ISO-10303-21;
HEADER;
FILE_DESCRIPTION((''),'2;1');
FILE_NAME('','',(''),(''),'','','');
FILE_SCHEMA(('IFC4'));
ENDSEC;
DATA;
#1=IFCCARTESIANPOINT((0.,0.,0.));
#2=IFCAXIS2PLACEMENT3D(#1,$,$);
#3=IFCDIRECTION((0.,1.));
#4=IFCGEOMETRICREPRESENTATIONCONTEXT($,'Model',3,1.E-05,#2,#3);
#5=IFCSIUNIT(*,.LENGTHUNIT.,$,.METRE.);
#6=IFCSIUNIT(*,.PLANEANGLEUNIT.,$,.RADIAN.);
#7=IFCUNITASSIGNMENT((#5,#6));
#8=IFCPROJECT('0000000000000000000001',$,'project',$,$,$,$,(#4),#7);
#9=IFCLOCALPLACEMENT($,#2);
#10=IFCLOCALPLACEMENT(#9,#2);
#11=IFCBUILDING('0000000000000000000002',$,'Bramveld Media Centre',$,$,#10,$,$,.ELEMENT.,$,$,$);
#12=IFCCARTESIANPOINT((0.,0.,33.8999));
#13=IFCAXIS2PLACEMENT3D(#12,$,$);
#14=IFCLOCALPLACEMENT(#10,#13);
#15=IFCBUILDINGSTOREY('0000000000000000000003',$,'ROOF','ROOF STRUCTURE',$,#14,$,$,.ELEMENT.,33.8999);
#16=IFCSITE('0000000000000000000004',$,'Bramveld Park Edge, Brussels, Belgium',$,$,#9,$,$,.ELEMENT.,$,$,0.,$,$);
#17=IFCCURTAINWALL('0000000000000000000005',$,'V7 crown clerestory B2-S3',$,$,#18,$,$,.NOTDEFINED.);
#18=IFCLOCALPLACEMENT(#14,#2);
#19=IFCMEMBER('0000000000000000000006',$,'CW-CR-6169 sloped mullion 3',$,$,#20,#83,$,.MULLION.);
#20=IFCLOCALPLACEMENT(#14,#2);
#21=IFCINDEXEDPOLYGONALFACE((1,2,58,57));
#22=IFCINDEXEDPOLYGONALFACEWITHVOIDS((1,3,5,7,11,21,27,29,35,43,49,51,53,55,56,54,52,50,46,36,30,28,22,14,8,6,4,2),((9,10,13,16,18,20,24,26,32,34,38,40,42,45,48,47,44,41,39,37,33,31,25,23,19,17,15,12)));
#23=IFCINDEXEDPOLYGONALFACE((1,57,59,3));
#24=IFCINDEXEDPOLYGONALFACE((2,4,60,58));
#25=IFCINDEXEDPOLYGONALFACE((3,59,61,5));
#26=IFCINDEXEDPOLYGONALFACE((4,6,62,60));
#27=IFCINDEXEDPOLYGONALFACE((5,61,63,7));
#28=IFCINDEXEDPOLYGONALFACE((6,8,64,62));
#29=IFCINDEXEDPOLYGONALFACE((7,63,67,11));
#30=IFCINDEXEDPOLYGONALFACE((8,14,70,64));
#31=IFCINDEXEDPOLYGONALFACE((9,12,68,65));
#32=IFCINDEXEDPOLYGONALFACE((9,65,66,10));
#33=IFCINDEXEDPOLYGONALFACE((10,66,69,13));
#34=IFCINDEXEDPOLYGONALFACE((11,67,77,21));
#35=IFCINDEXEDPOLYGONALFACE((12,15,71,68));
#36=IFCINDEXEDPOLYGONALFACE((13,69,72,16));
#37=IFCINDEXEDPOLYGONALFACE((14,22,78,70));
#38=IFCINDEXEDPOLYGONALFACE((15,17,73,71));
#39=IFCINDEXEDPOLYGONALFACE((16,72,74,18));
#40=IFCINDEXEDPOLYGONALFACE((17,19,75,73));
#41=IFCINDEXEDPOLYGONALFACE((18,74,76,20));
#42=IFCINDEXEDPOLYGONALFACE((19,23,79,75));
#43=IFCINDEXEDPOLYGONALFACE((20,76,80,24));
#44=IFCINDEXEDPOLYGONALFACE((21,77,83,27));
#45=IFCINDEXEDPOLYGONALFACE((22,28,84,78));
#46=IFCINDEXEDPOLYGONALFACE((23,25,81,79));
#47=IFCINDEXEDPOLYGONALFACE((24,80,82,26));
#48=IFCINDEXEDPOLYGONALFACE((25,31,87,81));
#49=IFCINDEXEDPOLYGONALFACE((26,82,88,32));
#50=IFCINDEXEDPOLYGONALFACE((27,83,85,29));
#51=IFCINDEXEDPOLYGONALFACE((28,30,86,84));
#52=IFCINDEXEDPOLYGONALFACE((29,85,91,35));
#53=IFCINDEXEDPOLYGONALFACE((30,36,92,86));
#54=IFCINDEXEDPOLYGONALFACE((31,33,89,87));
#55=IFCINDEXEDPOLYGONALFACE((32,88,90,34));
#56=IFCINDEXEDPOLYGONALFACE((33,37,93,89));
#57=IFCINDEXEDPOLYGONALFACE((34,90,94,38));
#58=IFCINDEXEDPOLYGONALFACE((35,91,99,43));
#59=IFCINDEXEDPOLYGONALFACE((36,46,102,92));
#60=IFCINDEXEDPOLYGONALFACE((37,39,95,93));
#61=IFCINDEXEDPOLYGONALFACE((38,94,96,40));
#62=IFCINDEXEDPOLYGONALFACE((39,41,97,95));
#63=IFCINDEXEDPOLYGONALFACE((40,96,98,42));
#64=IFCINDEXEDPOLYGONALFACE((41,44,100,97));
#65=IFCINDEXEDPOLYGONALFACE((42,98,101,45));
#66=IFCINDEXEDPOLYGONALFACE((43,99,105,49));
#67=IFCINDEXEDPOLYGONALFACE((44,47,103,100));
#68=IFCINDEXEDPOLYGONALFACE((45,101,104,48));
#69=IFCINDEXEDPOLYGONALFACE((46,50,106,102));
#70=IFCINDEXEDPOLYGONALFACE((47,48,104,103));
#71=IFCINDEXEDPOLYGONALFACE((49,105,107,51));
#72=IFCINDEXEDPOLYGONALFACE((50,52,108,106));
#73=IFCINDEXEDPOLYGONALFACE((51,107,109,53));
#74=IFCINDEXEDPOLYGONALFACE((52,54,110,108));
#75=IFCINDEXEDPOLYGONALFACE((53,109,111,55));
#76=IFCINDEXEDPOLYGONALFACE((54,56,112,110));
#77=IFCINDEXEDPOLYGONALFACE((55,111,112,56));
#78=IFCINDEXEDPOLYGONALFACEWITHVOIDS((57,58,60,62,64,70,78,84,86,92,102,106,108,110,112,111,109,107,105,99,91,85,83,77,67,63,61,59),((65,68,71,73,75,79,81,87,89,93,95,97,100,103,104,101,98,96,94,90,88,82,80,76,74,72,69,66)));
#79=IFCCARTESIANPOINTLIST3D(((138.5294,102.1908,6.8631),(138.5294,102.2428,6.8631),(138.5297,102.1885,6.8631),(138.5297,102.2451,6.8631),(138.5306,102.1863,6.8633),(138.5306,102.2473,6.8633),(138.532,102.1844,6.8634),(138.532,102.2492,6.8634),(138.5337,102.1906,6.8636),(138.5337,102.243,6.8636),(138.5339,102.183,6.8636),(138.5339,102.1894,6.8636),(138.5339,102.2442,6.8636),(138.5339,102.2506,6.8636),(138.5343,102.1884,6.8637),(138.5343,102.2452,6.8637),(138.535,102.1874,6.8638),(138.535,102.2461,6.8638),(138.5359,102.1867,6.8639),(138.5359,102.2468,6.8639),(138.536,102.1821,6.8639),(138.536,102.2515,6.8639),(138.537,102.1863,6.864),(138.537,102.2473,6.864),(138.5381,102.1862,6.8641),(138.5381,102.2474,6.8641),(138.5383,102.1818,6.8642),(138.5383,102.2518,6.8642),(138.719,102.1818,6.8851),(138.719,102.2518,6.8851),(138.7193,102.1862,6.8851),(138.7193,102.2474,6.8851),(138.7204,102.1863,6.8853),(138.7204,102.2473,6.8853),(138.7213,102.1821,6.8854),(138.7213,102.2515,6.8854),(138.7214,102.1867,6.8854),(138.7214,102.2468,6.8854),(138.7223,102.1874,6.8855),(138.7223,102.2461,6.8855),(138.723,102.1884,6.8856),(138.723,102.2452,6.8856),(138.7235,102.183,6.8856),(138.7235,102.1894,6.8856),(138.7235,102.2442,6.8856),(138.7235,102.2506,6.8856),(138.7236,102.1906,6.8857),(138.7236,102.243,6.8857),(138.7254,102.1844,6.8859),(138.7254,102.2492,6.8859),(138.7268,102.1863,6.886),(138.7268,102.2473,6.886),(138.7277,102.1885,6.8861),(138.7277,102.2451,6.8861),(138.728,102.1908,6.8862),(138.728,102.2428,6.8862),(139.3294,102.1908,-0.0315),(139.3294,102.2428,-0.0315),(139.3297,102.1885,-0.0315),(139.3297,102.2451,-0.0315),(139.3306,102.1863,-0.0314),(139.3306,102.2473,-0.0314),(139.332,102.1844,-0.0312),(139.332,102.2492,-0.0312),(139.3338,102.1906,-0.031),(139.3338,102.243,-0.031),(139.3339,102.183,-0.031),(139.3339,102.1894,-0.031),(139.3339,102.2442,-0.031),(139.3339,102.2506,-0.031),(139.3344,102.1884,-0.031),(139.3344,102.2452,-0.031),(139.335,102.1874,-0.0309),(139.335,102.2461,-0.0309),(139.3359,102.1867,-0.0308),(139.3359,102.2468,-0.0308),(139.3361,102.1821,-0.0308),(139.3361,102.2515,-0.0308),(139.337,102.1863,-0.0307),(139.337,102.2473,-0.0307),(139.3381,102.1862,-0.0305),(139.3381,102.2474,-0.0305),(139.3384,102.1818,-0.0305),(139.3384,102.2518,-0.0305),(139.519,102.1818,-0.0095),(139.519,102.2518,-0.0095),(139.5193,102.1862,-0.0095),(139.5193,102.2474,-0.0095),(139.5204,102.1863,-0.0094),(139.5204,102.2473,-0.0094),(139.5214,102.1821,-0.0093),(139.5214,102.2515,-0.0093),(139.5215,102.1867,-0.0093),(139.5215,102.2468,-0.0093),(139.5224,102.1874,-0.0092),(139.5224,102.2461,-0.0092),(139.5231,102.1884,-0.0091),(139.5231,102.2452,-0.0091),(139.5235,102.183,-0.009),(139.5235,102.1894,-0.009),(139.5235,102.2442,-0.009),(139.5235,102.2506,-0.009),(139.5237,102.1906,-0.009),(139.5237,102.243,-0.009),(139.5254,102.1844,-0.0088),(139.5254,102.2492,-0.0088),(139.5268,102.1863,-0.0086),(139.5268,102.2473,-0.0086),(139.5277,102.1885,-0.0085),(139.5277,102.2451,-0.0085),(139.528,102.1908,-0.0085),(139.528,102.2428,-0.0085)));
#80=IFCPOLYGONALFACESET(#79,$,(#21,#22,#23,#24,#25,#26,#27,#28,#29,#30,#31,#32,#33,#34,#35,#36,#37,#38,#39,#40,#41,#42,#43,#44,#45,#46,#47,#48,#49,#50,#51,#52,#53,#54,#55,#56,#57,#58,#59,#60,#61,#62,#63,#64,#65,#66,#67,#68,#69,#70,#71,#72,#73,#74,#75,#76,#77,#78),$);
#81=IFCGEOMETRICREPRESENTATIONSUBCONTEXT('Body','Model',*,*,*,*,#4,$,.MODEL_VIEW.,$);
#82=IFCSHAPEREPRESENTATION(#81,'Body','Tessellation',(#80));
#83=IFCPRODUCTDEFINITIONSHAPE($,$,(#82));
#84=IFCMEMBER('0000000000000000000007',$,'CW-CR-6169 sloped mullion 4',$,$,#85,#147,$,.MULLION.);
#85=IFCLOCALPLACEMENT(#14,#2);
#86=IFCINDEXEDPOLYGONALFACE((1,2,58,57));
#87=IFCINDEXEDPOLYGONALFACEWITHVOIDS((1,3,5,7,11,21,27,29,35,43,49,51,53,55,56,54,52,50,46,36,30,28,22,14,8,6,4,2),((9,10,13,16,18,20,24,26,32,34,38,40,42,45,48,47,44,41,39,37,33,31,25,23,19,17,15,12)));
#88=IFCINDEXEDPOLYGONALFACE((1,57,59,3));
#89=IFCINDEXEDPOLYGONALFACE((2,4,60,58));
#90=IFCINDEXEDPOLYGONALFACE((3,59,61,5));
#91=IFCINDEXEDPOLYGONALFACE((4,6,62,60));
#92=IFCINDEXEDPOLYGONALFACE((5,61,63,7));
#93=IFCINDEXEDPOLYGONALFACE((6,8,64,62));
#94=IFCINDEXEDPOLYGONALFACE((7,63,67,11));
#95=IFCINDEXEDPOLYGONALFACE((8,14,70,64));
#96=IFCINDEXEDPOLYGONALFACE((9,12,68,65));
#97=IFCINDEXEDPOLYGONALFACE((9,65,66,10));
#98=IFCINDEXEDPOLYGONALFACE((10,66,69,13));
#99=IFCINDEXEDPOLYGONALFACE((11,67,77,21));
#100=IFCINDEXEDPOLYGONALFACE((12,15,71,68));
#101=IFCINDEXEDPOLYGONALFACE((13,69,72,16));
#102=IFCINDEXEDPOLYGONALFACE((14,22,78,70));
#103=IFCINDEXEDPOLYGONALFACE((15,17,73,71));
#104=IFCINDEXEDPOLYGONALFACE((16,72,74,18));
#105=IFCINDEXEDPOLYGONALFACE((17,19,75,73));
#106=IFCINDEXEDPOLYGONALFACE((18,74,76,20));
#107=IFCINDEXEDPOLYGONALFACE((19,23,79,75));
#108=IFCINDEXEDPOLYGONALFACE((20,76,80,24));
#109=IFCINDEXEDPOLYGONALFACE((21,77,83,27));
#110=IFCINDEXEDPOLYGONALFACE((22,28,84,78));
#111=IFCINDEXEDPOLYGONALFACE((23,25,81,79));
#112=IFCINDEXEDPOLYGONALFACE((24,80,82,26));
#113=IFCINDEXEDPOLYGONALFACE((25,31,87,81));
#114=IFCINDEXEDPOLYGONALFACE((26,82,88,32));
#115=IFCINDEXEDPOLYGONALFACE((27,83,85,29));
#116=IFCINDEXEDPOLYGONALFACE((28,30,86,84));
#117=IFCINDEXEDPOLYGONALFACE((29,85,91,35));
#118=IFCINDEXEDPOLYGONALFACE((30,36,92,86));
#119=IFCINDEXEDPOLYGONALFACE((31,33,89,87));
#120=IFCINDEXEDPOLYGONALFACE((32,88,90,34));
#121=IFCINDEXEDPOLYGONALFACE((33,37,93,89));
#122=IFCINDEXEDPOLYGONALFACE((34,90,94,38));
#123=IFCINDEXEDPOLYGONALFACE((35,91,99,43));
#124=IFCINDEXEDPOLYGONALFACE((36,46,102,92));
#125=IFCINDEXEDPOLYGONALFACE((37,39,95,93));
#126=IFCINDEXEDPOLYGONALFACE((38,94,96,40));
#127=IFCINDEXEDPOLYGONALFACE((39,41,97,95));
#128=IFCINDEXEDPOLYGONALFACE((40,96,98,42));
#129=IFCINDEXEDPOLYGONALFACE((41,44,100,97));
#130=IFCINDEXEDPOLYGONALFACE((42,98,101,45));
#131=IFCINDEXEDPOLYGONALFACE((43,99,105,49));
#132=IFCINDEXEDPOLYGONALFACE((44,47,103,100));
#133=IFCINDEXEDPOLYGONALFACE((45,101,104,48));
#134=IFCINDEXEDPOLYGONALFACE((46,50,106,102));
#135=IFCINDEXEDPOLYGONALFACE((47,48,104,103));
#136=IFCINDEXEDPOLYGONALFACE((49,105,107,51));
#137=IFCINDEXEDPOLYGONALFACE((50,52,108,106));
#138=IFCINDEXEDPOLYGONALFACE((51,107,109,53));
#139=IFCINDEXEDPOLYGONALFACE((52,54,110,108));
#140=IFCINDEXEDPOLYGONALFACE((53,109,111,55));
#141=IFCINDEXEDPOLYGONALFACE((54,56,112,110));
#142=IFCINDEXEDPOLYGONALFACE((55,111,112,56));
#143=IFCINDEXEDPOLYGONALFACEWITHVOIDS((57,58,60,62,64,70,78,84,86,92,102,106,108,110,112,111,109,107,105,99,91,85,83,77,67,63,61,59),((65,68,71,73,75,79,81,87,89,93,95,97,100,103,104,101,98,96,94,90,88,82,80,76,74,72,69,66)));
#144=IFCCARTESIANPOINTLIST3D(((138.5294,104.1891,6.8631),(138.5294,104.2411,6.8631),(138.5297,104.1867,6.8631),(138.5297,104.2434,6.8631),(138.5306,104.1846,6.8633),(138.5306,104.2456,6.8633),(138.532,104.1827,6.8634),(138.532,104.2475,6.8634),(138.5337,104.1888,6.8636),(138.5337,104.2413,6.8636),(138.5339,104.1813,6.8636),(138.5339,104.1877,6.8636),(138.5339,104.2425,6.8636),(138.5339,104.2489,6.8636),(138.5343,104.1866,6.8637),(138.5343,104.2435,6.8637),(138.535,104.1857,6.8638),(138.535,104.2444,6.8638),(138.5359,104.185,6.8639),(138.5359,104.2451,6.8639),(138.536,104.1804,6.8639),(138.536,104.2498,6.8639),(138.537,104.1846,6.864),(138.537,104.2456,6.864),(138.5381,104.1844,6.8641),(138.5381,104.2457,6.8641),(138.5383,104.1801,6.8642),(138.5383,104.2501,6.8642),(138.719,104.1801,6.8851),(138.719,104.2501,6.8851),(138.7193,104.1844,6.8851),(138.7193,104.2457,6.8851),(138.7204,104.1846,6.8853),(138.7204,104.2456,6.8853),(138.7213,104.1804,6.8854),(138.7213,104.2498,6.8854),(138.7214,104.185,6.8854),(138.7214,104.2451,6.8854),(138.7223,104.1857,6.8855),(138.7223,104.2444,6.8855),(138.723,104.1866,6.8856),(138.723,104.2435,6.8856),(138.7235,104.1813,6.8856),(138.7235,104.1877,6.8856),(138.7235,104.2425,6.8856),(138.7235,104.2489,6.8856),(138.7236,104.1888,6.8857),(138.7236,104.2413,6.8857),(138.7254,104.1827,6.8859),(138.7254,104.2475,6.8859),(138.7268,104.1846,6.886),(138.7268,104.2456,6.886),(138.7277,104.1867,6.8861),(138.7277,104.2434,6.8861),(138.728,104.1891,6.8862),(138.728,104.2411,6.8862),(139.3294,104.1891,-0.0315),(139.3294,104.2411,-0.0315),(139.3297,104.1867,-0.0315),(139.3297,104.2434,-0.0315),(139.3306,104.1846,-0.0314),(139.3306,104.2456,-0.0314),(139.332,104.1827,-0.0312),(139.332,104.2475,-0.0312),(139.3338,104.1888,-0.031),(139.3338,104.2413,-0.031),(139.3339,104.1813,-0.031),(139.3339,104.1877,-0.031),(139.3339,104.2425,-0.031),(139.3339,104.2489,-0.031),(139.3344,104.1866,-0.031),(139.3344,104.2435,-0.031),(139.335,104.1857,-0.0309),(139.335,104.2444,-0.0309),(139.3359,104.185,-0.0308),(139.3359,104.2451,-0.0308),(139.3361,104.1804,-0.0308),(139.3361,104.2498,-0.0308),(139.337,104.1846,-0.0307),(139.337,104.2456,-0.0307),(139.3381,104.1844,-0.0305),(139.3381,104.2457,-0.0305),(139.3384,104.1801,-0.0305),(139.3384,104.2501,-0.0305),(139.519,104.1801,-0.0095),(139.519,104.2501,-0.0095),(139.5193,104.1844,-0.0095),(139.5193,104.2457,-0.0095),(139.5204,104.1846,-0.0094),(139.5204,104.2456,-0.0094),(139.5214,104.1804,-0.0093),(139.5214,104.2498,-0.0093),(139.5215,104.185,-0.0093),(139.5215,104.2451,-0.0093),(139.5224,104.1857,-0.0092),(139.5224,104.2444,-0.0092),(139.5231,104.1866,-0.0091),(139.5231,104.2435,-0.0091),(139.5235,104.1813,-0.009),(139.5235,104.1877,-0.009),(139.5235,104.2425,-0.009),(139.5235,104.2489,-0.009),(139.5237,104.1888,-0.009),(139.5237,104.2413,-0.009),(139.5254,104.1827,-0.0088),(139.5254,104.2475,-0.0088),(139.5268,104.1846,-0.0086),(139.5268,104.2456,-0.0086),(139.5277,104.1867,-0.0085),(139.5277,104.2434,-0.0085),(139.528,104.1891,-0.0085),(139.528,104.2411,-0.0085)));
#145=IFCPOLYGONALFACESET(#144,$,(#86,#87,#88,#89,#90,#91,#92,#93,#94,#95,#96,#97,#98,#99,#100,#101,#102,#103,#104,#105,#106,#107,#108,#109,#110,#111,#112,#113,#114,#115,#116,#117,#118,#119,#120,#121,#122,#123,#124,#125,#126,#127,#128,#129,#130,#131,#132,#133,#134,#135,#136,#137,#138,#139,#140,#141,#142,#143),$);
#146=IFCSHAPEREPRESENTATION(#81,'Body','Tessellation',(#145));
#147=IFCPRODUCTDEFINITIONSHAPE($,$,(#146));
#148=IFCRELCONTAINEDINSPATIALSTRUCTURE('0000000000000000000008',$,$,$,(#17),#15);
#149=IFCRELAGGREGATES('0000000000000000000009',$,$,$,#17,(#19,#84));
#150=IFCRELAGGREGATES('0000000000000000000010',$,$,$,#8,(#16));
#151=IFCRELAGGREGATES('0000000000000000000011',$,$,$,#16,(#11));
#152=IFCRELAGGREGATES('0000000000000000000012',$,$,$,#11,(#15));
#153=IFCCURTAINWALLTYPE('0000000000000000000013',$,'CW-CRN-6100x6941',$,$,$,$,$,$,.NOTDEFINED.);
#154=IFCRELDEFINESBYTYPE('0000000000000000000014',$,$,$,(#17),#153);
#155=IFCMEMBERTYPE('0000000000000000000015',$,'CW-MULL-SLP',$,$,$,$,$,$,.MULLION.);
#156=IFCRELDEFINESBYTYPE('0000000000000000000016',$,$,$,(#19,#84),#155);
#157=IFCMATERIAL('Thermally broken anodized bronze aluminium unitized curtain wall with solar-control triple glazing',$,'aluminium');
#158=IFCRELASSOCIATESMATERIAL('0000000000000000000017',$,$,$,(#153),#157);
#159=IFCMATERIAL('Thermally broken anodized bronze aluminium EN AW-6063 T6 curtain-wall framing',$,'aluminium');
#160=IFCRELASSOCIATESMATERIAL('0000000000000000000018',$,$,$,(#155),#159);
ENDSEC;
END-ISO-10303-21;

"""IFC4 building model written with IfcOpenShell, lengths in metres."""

from ifc_helpers import new_model, si_unit, direction, frame, origin, origin_2d, place, context, subcontext, project, spatial, hollow_rectangle, extrude, material, material_profile, profile_set, type_object, element, aggregate, save


model = new_model("IFC4")

# Units and contexts
model_context = context("Model", 3, precision=1e-05, world=origin(), true_north=direction((0.0, 1.0)))
body_context = subcontext(model_context, "Body", "Model", "MODEL_VIEW")
ifc_project = project(units=[si_unit("LENGTHUNIT", "METRE"), si_unit("PLANEANGLEUNIT", "RADIAN")], contexts=[model_context])

# Site, building, storey
site_placement = place(None, origin())
site = spatial("IfcSite", under=ifc_project, at=site_placement, Name="Bramveld Park Edge, Brussels, Belgium", CompositionType="ELEMENT", RefElevation=0.0)
building_placement = place(site_placement, origin())
building = spatial("IfcBuilding", under=site, at=building_placement, Name="Bramveld Media Centre", CompositionType="ELEMENT")
storey_placement = place(building_placement, frame((0.0, 0.0, 33.8999)))
storey = spatial("IfcBuildingStorey", under=building, at=storey_placement, Name="ROOF", Description="ROOF STRUCTURE", CompositionType="ELEMENT", Elevation=33.8999)

# Curtain wall, members
ifc_material_1 = material(Name="Thermally broken anodized bronze aluminium unitized curtain wall with solar-control triple glazing", Category="aluminium")
curtain_wall_type = type_object("IfcCurtainWallType", Name="CW-CRN-6100x6941", PredefinedType="NOTDEFINED", material=ifc_material_1)
curtain_wall_1_placement = place(storey_placement, origin())
curtain_wall_1 = element("IfcCurtainWall", 1, at=curtain_wall_1_placement, inside=storey, type_object=curtain_wall_type, Name="V7 crown clerestory B2-S3", PredefinedType="NOTDEFINED")
ifc_material_2 = material(Name="Thermally broken anodized bronze aluminium EN AW-6063 T6 curtain-wall framing", Category="aluminium")
ifc_material_profile_1 = material_profile(ifc_material_2, hollow_rectangle(XDim=0.0701, YDim=0.2, WallThickness=0.0044, InnerFilletRadius=0.0044, OuterFilletRadius=0.009, at=origin_2d()), Name="AL-MULL 70x200")
ifc_profile_set_1 = profile_set([ifc_material_profile_1], Name="Thermally broken anodized bronze aluminium EN AW-6063 T6 curtain-wall framing")
member_type_1 = type_object("IfcMemberType", Name="CW-MULL-SLP", PredefinedType="MULLION", material=ifc_profile_set_1)
member_1_placement = place(storey_placement, frame((139.4287, 102.2168, -0.02), z_axis=(-0.115264, 0.0, 0.993335), x_axis=(0.0, -1.0, 0.0)))
member_1 = element("IfcMember", 2, at=member_1_placement, type_object=member_type_1, Name="CW-CR-6169 sloped mullion 3", PredefinedType="MULLION", context=body_context, shape_type="SweptSolid", body=[
    extrude(hollow_rectangle(XDim=0.0701, YDim=0.2, WallThickness=0.0044, InnerFilletRadius=0.0044, OuterFilletRadius=0.009, at=origin_2d()), origin(), (0.0, 0.0, 1.0), 6.9409),
])
member_2_placement = place(storey_placement, frame((139.4287, 104.2151, -0.02), z_axis=(-0.115264, 0.0, 0.993335), x_axis=(0.0, -1.0, 0.0)))
member_2 = element("IfcMember", 3, at=member_2_placement, type_object=member_type_1, Name="CW-CR-6169 sloped mullion 4", PredefinedType="MULLION", context=body_context, shape_type="SweptSolid", body=[
    extrude(hollow_rectangle(XDim=0.0701, YDim=0.2, WallThickness=0.0044, InnerFilletRadius=0.0044, OuterFilletRadius=0.009, at=origin_2d()), origin(), (0.0, 0.0, 1.0), 6.9409),
])
aggregate(curtain_wall_1, [member_1, member_2])

save(model, "model.ifc")
